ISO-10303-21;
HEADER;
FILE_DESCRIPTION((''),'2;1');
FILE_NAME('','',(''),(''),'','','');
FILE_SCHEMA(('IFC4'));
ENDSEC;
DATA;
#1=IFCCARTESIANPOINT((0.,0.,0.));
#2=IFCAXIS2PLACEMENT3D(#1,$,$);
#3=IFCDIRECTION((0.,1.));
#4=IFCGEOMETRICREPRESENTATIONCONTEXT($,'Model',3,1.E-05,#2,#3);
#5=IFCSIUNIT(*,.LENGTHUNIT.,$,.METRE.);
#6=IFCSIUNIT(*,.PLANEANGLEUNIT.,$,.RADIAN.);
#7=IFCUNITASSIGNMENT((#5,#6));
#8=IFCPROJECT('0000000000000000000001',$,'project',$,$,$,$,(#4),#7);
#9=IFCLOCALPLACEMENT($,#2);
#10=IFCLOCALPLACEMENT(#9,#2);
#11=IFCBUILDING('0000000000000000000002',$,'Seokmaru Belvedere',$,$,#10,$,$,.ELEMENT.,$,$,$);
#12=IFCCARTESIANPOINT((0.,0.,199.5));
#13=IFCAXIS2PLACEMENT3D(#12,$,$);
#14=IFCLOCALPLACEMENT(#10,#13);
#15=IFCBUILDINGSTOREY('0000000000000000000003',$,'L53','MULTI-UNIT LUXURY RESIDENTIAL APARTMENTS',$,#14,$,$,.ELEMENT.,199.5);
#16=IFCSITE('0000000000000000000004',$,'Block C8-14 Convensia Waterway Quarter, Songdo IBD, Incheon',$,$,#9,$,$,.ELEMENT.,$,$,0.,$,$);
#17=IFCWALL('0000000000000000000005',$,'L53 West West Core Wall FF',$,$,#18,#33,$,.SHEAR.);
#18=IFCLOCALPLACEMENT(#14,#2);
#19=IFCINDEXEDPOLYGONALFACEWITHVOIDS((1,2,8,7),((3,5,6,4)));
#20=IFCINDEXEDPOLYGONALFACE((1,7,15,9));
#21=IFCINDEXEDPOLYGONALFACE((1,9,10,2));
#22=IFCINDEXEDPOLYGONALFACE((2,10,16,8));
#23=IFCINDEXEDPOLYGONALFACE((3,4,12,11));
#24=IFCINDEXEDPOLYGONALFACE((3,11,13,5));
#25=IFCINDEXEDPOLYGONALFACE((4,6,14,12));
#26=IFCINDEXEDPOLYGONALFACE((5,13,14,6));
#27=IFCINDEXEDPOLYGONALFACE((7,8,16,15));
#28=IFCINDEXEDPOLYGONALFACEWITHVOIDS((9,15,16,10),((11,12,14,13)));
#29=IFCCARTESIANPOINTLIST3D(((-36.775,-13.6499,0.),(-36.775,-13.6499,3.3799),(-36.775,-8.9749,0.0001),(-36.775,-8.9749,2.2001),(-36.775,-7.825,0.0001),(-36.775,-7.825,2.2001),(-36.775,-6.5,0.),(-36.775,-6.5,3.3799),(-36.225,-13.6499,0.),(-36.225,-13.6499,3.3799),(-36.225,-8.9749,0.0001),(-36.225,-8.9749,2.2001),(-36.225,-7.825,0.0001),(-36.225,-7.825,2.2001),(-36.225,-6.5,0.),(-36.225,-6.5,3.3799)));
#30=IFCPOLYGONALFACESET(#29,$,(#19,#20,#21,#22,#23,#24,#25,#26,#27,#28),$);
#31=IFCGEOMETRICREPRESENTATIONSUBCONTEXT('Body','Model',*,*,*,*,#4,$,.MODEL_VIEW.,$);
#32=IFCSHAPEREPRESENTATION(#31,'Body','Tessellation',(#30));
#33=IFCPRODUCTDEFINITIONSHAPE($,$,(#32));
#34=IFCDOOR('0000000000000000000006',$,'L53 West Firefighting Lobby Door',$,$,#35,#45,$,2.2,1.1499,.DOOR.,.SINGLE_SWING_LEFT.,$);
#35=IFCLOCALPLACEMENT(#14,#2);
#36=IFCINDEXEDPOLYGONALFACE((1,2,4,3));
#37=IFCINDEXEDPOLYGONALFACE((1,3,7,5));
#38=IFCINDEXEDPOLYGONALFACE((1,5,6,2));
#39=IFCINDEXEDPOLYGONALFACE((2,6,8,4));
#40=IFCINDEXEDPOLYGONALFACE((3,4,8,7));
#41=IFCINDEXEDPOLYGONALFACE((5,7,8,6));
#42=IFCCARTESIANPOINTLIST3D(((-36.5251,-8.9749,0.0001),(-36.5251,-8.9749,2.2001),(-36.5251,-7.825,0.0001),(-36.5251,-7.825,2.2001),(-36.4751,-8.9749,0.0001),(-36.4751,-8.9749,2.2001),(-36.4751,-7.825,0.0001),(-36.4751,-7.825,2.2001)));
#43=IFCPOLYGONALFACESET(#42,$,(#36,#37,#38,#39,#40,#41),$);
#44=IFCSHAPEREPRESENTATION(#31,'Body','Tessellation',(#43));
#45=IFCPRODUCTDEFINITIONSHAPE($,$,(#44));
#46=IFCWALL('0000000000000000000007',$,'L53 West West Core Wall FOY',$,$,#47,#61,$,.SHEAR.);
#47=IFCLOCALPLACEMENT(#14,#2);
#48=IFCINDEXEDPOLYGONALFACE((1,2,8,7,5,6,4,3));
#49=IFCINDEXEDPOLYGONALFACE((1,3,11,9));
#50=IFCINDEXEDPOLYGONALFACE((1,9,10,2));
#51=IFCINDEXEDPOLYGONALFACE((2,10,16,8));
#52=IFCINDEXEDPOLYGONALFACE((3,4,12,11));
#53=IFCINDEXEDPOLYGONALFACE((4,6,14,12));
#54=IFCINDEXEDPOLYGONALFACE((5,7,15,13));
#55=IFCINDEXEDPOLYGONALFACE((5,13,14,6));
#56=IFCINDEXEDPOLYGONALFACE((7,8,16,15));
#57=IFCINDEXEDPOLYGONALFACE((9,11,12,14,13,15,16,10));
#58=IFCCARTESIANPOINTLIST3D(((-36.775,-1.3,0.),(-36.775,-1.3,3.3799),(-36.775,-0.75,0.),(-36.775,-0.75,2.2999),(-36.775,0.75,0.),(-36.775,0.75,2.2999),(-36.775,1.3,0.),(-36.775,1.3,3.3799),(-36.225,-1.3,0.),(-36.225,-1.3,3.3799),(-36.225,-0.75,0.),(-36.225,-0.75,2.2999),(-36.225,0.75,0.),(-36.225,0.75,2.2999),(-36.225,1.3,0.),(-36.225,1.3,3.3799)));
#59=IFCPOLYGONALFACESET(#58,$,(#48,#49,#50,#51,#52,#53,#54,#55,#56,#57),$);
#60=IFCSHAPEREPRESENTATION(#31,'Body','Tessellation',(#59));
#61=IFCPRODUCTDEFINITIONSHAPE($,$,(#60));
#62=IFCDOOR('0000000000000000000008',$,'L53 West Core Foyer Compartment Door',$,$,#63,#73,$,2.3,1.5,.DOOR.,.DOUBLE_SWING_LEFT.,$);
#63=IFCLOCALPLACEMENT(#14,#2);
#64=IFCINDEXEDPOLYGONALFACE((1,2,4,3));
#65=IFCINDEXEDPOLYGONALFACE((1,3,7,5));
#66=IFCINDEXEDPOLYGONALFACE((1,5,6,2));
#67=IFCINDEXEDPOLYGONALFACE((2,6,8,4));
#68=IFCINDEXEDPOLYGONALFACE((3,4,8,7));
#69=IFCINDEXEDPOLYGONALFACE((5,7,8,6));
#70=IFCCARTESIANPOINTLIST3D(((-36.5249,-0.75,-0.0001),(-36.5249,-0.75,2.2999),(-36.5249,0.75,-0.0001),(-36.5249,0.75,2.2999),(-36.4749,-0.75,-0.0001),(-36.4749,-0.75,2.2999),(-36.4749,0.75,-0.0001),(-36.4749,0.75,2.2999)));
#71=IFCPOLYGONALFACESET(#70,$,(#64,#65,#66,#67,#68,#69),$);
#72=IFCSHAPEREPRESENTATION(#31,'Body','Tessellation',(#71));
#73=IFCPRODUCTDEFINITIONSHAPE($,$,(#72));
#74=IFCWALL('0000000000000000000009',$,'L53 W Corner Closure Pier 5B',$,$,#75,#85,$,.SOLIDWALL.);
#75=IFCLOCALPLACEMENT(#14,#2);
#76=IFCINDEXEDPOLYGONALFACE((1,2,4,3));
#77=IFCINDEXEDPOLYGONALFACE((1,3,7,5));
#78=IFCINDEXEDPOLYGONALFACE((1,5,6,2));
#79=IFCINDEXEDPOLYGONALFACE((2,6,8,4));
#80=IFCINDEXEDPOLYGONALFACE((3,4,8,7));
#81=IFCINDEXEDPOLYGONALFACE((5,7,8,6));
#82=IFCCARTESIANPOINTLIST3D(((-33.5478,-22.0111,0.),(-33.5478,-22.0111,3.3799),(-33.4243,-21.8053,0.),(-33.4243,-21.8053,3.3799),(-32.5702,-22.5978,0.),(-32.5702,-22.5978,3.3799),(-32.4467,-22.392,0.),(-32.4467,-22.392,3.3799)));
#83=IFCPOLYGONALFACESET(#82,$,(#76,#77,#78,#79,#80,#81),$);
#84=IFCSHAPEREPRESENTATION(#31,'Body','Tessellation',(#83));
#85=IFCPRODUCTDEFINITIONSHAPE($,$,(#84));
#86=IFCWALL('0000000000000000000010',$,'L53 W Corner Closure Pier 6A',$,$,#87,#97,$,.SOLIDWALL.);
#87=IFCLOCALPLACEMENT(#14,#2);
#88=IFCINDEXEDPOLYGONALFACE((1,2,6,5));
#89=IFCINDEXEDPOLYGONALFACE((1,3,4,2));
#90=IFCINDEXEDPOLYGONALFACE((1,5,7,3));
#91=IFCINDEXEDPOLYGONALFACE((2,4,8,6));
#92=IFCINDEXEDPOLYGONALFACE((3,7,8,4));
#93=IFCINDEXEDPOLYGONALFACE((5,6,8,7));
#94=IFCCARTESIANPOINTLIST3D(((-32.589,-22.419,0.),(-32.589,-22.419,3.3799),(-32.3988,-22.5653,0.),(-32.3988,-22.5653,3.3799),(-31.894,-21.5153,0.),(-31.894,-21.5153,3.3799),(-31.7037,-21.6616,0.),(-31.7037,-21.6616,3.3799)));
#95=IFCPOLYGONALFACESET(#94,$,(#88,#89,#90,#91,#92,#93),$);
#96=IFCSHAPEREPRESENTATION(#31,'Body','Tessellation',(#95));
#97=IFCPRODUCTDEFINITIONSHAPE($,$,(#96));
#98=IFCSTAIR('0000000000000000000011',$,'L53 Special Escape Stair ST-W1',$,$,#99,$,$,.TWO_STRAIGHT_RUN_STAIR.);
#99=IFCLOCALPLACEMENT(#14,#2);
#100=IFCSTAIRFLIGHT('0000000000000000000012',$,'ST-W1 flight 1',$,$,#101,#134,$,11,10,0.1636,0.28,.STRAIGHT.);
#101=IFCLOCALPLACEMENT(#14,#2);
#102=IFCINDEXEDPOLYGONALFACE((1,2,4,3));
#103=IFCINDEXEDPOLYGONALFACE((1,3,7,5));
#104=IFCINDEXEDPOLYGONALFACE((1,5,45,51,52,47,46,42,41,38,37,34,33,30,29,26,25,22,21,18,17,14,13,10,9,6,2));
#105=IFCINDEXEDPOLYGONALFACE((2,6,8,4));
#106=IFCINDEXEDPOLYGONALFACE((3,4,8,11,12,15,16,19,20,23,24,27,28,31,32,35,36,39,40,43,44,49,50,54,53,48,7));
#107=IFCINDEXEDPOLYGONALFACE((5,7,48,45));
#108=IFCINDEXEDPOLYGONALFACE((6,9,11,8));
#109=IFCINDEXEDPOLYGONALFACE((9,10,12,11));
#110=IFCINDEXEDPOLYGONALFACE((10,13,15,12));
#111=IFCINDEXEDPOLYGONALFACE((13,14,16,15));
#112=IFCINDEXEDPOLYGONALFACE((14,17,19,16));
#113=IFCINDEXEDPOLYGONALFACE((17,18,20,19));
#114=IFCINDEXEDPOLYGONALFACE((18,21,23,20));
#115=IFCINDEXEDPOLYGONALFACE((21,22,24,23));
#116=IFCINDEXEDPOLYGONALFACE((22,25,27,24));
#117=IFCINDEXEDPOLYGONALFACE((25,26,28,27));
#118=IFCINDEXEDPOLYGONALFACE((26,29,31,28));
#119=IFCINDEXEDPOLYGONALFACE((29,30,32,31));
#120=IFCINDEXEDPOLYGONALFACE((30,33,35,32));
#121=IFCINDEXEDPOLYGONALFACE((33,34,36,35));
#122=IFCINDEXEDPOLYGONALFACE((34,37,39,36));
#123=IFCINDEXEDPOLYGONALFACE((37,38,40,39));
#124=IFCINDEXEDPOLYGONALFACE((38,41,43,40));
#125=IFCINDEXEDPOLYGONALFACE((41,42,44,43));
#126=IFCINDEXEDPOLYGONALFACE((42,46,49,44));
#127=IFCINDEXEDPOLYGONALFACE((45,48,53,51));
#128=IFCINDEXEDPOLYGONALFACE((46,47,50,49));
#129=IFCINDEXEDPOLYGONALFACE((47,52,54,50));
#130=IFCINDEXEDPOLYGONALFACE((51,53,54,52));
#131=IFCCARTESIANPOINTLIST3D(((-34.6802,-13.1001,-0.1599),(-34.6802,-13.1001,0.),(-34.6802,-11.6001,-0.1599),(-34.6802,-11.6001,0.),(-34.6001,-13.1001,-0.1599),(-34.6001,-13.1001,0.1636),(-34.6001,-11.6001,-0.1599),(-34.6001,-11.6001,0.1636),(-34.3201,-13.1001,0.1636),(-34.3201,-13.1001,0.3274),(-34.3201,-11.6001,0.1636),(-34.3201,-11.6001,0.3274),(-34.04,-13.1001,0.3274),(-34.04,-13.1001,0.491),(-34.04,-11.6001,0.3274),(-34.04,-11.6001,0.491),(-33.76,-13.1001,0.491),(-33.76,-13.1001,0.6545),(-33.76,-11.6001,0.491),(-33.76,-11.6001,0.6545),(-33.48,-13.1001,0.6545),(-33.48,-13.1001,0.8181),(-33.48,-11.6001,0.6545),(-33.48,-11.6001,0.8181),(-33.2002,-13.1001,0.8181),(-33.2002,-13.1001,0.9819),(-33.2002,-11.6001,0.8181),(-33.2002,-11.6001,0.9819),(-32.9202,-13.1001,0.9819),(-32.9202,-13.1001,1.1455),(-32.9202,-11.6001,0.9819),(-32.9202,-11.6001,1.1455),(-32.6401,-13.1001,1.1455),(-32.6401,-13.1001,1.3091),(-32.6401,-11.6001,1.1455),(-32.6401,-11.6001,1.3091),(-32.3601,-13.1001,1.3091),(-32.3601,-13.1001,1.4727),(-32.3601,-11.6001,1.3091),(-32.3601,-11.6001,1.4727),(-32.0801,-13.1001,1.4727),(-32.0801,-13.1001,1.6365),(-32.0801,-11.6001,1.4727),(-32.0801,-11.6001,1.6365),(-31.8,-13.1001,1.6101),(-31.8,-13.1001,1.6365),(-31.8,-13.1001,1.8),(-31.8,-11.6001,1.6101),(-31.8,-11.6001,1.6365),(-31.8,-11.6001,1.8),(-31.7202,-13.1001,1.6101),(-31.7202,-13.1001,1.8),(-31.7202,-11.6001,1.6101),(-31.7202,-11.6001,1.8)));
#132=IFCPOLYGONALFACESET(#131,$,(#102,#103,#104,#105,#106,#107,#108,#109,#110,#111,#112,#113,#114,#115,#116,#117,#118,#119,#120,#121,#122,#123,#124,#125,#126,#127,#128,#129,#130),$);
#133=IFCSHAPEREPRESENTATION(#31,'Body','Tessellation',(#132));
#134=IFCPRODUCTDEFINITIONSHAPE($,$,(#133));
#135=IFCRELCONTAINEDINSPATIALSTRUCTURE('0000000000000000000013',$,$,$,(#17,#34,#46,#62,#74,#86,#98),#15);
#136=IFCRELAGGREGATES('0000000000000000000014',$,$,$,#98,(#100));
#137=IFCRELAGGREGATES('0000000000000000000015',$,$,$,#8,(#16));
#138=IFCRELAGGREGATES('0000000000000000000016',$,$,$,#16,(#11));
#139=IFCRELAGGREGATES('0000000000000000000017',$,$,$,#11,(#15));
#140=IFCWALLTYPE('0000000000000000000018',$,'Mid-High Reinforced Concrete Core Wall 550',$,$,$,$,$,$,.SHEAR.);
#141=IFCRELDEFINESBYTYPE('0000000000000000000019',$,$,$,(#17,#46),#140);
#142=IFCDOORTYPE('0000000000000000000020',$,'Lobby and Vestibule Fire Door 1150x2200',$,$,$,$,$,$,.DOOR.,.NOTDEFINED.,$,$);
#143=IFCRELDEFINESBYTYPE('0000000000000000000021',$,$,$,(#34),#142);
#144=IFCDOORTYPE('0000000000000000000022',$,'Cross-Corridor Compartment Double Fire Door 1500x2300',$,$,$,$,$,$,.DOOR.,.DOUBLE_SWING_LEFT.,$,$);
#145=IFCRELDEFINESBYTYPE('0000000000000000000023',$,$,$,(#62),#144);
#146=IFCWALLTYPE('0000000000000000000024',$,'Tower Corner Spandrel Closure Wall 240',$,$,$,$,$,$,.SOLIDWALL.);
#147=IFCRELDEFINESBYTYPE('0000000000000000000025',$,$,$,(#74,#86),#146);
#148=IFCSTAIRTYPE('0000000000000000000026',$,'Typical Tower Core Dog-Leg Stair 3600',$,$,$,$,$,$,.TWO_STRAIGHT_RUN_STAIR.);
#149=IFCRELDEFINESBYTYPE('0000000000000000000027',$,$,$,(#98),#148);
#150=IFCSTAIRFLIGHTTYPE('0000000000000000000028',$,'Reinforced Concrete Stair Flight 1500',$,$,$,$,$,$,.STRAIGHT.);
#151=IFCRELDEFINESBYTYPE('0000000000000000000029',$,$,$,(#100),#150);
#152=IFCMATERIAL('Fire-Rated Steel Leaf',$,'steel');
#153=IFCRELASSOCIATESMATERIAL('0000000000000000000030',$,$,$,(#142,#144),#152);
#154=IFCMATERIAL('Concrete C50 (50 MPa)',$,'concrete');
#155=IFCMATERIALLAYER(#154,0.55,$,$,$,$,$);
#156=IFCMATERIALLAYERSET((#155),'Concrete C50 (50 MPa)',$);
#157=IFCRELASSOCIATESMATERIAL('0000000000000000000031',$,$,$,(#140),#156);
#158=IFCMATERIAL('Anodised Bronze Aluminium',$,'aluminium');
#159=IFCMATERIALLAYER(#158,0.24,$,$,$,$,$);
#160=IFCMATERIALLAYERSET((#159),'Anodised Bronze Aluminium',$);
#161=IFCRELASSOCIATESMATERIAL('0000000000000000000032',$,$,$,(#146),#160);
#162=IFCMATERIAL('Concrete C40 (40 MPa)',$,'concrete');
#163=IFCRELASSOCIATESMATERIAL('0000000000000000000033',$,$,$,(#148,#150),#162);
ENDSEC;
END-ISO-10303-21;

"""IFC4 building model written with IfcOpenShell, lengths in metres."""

from ifc_helpers import new_model, si_unit, direction, frame, frame_2d, origin, place, context, subcontext, project, spatial, polyline, rectangle, outline, extrude, source, transform, mapped, material, layer, layer_set, type_object, type_shapes, element, fill, aggregate, save


model = new_model("IFC4")

# Units and contexts
model_context = context("Model", 3, precision=1e-05, world=origin(), true_north=direction((0.0, 1.0)))
body_context = subcontext(model_context, "Body", "Model", "MODEL_VIEW")
ifc_project = project(units=[si_unit("LENGTHUNIT", "METRE"), si_unit("PLANEANGLEUNIT", "RADIAN")], contexts=[model_context])

# Site, building, storey
site_placement = place(None, origin())
site = spatial("IfcSite", under=ifc_project, at=site_placement, Name="Block C8-14 Convensia Waterway Quarter, Songdo IBD, Incheon", CompositionType="ELEMENT", RefElevation=0.0)
building_placement = place(site_placement, origin())
building = spatial("IfcBuilding", under=site, at=building_placement, Name="Seokmaru Belvedere", CompositionType="ELEMENT")
storey_placement = place(building_placement, frame((0.0, 0.0, 199.5)))
storey = spatial("IfcBuildingStorey", under=building, at=storey_placement, Name="L53", Description="MULTI-UNIT LUXURY RESIDENTIAL APARTMENTS", CompositionType="ELEMENT", Elevation=199.5)

# Shared definitions
ifc_material_1 = material(Name="Anodised Bronze Aluminium", Category="aluminium")

# Shared definitions
ifc_material_2 = material(Name="Fire-Rated Steel Leaf", Category="steel")
door_type_1 = type_object("IfcDoorType", Name="Lobby and Vestibule Fire Door 1150x2200", OperationType="NOTDEFINED", PredefinedType="DOOR", material=ifc_material_2)
shared_shape_1 = source(origin(), body_context, "Body", "SweptSolid", [
    extrude(rectangle(XDim=1.1499, YDim=2.2, at=frame_2d((0.575, 1.1001))), frame((0.0, 0.0249, 0.0), z_axis=(0.0, -1.0, 0.0), x_axis=(1.0, 0.0, 0.0)), (0.0, 0.0, 1.0), 0.05),
])
type_shapes(door_type_1, [shared_shape_1])

# Shared definitions
ifc_material_3 = material(Name="Concrete C50 (50 MPa)", Category="concrete")

# Shared definitions
ifc_layer_1 = layer(ifc_material_3, 0.55)
ifc_layer_set_1 = layer_set([ifc_layer_1], Name="Concrete C50 (50 MPa)")
wall_type_1 = type_object("IfcWallType", Name="Mid-High Reinforced Concrete Core Wall 550", PredefinedType="SHEAR", material=ifc_layer_set_1)

# Walls, openings, doors
wall_1_placement = place(storey_placement, frame((-36.5, -13.6499, 0.0), z_axis=(0.0, 0.0, 1.0), x_axis=(0.0, 1.0, 0.0)))
wall_1 = element("IfcWall", 1, at=wall_1_placement, inside=storey, type_object=wall_type_1, Name="L53 West West Core Wall FF", PredefinedType="SHEAR", context=body_context, shape_type="SweptSolid", body=[
    extrude(rectangle(XDim=7.1499, YDim=0.55, at=frame_2d((3.575, 0.0))), origin(), (0.0, 0.0, 1.0), 3.3799),
])
opening_1_placement = place(wall_1_placement, frame((4.675, 0.0, 0.0)))
opening_1 = element("IfcOpeningElement", 2, at=opening_1_placement, cuts=wall_1, PredefinedType="OPENING", context=body_context, shape_type="SweptSolid", body=[
    extrude(rectangle(XDim=1.1499, YDim=2.2, at=frame_2d((0.575, 1.1001))), frame((0.0, 0.2852, 0.0), z_axis=(0.0, -1.0, 0.0), x_axis=(1.0, 0.0, 0.0)), (0.0, 0.0, 1.0), 0.5701),
])
door_1_placement = place(opening_1_placement, frame((1.1499, 0.0, 0.0), z_axis=(0.0, 0.0, 1.0), x_axis=(-1.0, 0.0, 0.0)))
door_1 = element("IfcDoor", 3, at=door_1_placement, inside=storey, type_object=door_type_1, Name="L53 West Firefighting Lobby Door", OperationType="SINGLE_SWING_LEFT", OverallHeight=2.2, OverallWidth=1.1499, PredefinedType="DOOR", context=body_context, shape_type="MappedRepresentation", body=[
    mapped(shared_shape_1, transform((0.0, 0.0, 0.0), scale=1.0)),
])
fill(opening_1, door_1)
wall_2_placement = place(storey_placement, frame((-36.5, -1.3, 0.0), z_axis=(0.0, 0.0, 1.0), x_axis=(0.0, 1.0, 0.0)))
wall_2 = element("IfcWall", 4, at=wall_2_placement, inside=storey, type_object=wall_type_1, Name="L53 West West Core Wall FOY", PredefinedType="SHEAR", context=body_context, shape_type="SweptSolid", body=[
    extrude(rectangle(XDim=2.6001, YDim=0.55, at=frame_2d((1.3, 0.0))), origin(), (0.0, 0.0, 1.0), 3.3799),
])
opening_2_placement = place(wall_2_placement, frame((0.55, 0.0, 0.0)))
opening_2 = element("IfcOpeningElement", 5, at=opening_2_placement, cuts=wall_2, PredefinedType="OPENING", context=body_context, shape_type="SweptSolid", body=[
    extrude(rectangle(XDim=1.5, YDim=2.3, at=frame_2d((0.75, 1.1499))), frame((0.0, 0.2852, 0.0), z_axis=(0.0, -1.0, 0.0), x_axis=(1.0, 0.0, 0.0)), (0.0, 0.0, 1.0), 0.5701),
])
door_type_2 = type_object("IfcDoorType", Name="Cross-Corridor Compartment Double Fire Door 1500x2300", OperationType="DOUBLE_SWING_LEFT", PredefinedType="DOOR", material=ifc_material_2)
shared_shape_2 = source(origin(), body_context, "Body", "SweptSolid", [
    extrude(rectangle(XDim=1.5, YDim=2.3, at=frame_2d((0.75, 1.1499))), frame((0.0, 0.0249, 0.0), z_axis=(0.0, -1.0, 0.0), x_axis=(1.0, 0.0, 0.0)), (0.0, 0.0, 1.0), 0.05),
])
type_shapes(door_type_2, [shared_shape_2])
door_2_placement = place(opening_2_placement, origin())
door_2 = element("IfcDoor", 6, at=door_2_placement, inside=storey, type_object=door_type_2, Name="L53 West Core Foyer Compartment Door", OperationType="DOUBLE_SWING_LEFT", OverallHeight=2.3, OverallWidth=1.5, PredefinedType="DOOR", context=body_context, shape_type="MappedRepresentation", body=[
    mapped(shared_shape_2, transform((0.0, 0.0, 0.0), scale=1.0)),
])
fill(opening_2, door_2)

# Walls
ifc_layer_2 = layer(ifc_material_1, 0.24)
ifc_layer_set_2 = layer_set([ifc_layer_2], Name="Anodised Bronze Aluminium")
wall_type_2 = type_object("IfcWallType", Name="Tower Corner Spandrel Closure Wall 240", PredefinedType="SOLIDWALL", material=ifc_layer_set_2)
for number, where, z_axis, x_axis, name in (
    (7, (-33.4861, -21.9082, 0.0), (0.0, 0.0, 1.0), (0.857436, -0.51459, 0.0), "L53 W Corner Closure Pier 5B"),
    (8, (-32.4939, -22.4922, 0.0), (0.0, 0.0, 1.0), (0.609618, 0.792696, 0.0), "L53 W Corner Closure Pier 6A"),
):
    element("IfcWall", number, at=place(storey_placement, frame(where, z_axis=z_axis, x_axis=x_axis)), inside=storey, type_object=wall_type_2, Name=name, PredefinedType="SOLIDWALL", context=body_context, shape_type="SweptSolid", body=[
        extrude(rectangle(XDim=1.1401, YDim=0.24, at=frame_2d((0.5701, 0.0))), origin(), (0.0, 0.0, 1.0), 3.3799),
    ])

# Stair, stair flight
ifc_material_4 = material(Name="Concrete C40 (40 MPa)", Category="concrete")
stair_type = type_object("IfcStairType", Name="Typical Tower Core Dog-Leg Stair 3600", PredefinedType="TWO_STRAIGHT_RUN_STAIR", material=ifc_material_4)
stair_placement = place(storey_placement, origin())
stair = element("IfcStair", 9, at=stair_placement, inside=storey, type_object=stair_type, Name="L53 Special Escape Stair ST-W1", PredefinedType="TWO_STRAIGHT_RUN_STAIR")
stair_flight_type = type_object("IfcStairFlightType", Name="Reinforced Concrete Stair Flight 1500", PredefinedType="STRAIGHT", material=ifc_material_4)
stair_flight_placement = place(storey_placement, frame((-34.6001, -12.3501, 0.0), z_axis=(0.0, 0.0, 1.0), x_axis=(1.0, 0.0, 0.0)))
stair_flight = element("IfcStairFlight", 10, at=stair_flight_placement, type_object=stair_flight_type, Name="ST-W1 flight 1", NumberOfRisers=11, NumberOfTreads=10, PredefinedType="STRAIGHT", RiserHeight=0.1636, TreadLength=0.28, context=body_context, shape_type="SweptSolid", body=[
    extrude(outline(polyline([(-0.0801, 0.0), (0.0, 0.1636), (0.28, 0.1636), (0.28, 0.3274), (0.5601, 0.3274), (0.5601, 0.491), (0.8401, 0.491), (0.8401, 0.6545), (1.1201, 0.6545), (1.1201, 0.8181), (1.3999, 0.8181), (1.3999, 0.9819), (1.6799, 0.9819), (1.6799, 1.1455), (1.96, 1.1455), (1.96, 1.3091), (2.24, 1.3091), (2.24, 1.4727), (2.52, 1.4727), (2.52, 1.6365), (2.8, 1.6365), (2.8, 1.8), (2.8799, 1.8), (2.8799, 1.6101), (2.8, 1.6101), (0.0, -0.1599), (-0.0801, -0.1599), (-0.0801, 0.0)])), frame((0.0, 0.75, 0.0), z_axis=(0.0, -1.0, 0.0), x_axis=(1.0, 0.0, 0.0)), (0.0, 0.0, 1.0), 1.5),
])
aggregate(stair, [stair_flight])

save(model, "model.ifc")
